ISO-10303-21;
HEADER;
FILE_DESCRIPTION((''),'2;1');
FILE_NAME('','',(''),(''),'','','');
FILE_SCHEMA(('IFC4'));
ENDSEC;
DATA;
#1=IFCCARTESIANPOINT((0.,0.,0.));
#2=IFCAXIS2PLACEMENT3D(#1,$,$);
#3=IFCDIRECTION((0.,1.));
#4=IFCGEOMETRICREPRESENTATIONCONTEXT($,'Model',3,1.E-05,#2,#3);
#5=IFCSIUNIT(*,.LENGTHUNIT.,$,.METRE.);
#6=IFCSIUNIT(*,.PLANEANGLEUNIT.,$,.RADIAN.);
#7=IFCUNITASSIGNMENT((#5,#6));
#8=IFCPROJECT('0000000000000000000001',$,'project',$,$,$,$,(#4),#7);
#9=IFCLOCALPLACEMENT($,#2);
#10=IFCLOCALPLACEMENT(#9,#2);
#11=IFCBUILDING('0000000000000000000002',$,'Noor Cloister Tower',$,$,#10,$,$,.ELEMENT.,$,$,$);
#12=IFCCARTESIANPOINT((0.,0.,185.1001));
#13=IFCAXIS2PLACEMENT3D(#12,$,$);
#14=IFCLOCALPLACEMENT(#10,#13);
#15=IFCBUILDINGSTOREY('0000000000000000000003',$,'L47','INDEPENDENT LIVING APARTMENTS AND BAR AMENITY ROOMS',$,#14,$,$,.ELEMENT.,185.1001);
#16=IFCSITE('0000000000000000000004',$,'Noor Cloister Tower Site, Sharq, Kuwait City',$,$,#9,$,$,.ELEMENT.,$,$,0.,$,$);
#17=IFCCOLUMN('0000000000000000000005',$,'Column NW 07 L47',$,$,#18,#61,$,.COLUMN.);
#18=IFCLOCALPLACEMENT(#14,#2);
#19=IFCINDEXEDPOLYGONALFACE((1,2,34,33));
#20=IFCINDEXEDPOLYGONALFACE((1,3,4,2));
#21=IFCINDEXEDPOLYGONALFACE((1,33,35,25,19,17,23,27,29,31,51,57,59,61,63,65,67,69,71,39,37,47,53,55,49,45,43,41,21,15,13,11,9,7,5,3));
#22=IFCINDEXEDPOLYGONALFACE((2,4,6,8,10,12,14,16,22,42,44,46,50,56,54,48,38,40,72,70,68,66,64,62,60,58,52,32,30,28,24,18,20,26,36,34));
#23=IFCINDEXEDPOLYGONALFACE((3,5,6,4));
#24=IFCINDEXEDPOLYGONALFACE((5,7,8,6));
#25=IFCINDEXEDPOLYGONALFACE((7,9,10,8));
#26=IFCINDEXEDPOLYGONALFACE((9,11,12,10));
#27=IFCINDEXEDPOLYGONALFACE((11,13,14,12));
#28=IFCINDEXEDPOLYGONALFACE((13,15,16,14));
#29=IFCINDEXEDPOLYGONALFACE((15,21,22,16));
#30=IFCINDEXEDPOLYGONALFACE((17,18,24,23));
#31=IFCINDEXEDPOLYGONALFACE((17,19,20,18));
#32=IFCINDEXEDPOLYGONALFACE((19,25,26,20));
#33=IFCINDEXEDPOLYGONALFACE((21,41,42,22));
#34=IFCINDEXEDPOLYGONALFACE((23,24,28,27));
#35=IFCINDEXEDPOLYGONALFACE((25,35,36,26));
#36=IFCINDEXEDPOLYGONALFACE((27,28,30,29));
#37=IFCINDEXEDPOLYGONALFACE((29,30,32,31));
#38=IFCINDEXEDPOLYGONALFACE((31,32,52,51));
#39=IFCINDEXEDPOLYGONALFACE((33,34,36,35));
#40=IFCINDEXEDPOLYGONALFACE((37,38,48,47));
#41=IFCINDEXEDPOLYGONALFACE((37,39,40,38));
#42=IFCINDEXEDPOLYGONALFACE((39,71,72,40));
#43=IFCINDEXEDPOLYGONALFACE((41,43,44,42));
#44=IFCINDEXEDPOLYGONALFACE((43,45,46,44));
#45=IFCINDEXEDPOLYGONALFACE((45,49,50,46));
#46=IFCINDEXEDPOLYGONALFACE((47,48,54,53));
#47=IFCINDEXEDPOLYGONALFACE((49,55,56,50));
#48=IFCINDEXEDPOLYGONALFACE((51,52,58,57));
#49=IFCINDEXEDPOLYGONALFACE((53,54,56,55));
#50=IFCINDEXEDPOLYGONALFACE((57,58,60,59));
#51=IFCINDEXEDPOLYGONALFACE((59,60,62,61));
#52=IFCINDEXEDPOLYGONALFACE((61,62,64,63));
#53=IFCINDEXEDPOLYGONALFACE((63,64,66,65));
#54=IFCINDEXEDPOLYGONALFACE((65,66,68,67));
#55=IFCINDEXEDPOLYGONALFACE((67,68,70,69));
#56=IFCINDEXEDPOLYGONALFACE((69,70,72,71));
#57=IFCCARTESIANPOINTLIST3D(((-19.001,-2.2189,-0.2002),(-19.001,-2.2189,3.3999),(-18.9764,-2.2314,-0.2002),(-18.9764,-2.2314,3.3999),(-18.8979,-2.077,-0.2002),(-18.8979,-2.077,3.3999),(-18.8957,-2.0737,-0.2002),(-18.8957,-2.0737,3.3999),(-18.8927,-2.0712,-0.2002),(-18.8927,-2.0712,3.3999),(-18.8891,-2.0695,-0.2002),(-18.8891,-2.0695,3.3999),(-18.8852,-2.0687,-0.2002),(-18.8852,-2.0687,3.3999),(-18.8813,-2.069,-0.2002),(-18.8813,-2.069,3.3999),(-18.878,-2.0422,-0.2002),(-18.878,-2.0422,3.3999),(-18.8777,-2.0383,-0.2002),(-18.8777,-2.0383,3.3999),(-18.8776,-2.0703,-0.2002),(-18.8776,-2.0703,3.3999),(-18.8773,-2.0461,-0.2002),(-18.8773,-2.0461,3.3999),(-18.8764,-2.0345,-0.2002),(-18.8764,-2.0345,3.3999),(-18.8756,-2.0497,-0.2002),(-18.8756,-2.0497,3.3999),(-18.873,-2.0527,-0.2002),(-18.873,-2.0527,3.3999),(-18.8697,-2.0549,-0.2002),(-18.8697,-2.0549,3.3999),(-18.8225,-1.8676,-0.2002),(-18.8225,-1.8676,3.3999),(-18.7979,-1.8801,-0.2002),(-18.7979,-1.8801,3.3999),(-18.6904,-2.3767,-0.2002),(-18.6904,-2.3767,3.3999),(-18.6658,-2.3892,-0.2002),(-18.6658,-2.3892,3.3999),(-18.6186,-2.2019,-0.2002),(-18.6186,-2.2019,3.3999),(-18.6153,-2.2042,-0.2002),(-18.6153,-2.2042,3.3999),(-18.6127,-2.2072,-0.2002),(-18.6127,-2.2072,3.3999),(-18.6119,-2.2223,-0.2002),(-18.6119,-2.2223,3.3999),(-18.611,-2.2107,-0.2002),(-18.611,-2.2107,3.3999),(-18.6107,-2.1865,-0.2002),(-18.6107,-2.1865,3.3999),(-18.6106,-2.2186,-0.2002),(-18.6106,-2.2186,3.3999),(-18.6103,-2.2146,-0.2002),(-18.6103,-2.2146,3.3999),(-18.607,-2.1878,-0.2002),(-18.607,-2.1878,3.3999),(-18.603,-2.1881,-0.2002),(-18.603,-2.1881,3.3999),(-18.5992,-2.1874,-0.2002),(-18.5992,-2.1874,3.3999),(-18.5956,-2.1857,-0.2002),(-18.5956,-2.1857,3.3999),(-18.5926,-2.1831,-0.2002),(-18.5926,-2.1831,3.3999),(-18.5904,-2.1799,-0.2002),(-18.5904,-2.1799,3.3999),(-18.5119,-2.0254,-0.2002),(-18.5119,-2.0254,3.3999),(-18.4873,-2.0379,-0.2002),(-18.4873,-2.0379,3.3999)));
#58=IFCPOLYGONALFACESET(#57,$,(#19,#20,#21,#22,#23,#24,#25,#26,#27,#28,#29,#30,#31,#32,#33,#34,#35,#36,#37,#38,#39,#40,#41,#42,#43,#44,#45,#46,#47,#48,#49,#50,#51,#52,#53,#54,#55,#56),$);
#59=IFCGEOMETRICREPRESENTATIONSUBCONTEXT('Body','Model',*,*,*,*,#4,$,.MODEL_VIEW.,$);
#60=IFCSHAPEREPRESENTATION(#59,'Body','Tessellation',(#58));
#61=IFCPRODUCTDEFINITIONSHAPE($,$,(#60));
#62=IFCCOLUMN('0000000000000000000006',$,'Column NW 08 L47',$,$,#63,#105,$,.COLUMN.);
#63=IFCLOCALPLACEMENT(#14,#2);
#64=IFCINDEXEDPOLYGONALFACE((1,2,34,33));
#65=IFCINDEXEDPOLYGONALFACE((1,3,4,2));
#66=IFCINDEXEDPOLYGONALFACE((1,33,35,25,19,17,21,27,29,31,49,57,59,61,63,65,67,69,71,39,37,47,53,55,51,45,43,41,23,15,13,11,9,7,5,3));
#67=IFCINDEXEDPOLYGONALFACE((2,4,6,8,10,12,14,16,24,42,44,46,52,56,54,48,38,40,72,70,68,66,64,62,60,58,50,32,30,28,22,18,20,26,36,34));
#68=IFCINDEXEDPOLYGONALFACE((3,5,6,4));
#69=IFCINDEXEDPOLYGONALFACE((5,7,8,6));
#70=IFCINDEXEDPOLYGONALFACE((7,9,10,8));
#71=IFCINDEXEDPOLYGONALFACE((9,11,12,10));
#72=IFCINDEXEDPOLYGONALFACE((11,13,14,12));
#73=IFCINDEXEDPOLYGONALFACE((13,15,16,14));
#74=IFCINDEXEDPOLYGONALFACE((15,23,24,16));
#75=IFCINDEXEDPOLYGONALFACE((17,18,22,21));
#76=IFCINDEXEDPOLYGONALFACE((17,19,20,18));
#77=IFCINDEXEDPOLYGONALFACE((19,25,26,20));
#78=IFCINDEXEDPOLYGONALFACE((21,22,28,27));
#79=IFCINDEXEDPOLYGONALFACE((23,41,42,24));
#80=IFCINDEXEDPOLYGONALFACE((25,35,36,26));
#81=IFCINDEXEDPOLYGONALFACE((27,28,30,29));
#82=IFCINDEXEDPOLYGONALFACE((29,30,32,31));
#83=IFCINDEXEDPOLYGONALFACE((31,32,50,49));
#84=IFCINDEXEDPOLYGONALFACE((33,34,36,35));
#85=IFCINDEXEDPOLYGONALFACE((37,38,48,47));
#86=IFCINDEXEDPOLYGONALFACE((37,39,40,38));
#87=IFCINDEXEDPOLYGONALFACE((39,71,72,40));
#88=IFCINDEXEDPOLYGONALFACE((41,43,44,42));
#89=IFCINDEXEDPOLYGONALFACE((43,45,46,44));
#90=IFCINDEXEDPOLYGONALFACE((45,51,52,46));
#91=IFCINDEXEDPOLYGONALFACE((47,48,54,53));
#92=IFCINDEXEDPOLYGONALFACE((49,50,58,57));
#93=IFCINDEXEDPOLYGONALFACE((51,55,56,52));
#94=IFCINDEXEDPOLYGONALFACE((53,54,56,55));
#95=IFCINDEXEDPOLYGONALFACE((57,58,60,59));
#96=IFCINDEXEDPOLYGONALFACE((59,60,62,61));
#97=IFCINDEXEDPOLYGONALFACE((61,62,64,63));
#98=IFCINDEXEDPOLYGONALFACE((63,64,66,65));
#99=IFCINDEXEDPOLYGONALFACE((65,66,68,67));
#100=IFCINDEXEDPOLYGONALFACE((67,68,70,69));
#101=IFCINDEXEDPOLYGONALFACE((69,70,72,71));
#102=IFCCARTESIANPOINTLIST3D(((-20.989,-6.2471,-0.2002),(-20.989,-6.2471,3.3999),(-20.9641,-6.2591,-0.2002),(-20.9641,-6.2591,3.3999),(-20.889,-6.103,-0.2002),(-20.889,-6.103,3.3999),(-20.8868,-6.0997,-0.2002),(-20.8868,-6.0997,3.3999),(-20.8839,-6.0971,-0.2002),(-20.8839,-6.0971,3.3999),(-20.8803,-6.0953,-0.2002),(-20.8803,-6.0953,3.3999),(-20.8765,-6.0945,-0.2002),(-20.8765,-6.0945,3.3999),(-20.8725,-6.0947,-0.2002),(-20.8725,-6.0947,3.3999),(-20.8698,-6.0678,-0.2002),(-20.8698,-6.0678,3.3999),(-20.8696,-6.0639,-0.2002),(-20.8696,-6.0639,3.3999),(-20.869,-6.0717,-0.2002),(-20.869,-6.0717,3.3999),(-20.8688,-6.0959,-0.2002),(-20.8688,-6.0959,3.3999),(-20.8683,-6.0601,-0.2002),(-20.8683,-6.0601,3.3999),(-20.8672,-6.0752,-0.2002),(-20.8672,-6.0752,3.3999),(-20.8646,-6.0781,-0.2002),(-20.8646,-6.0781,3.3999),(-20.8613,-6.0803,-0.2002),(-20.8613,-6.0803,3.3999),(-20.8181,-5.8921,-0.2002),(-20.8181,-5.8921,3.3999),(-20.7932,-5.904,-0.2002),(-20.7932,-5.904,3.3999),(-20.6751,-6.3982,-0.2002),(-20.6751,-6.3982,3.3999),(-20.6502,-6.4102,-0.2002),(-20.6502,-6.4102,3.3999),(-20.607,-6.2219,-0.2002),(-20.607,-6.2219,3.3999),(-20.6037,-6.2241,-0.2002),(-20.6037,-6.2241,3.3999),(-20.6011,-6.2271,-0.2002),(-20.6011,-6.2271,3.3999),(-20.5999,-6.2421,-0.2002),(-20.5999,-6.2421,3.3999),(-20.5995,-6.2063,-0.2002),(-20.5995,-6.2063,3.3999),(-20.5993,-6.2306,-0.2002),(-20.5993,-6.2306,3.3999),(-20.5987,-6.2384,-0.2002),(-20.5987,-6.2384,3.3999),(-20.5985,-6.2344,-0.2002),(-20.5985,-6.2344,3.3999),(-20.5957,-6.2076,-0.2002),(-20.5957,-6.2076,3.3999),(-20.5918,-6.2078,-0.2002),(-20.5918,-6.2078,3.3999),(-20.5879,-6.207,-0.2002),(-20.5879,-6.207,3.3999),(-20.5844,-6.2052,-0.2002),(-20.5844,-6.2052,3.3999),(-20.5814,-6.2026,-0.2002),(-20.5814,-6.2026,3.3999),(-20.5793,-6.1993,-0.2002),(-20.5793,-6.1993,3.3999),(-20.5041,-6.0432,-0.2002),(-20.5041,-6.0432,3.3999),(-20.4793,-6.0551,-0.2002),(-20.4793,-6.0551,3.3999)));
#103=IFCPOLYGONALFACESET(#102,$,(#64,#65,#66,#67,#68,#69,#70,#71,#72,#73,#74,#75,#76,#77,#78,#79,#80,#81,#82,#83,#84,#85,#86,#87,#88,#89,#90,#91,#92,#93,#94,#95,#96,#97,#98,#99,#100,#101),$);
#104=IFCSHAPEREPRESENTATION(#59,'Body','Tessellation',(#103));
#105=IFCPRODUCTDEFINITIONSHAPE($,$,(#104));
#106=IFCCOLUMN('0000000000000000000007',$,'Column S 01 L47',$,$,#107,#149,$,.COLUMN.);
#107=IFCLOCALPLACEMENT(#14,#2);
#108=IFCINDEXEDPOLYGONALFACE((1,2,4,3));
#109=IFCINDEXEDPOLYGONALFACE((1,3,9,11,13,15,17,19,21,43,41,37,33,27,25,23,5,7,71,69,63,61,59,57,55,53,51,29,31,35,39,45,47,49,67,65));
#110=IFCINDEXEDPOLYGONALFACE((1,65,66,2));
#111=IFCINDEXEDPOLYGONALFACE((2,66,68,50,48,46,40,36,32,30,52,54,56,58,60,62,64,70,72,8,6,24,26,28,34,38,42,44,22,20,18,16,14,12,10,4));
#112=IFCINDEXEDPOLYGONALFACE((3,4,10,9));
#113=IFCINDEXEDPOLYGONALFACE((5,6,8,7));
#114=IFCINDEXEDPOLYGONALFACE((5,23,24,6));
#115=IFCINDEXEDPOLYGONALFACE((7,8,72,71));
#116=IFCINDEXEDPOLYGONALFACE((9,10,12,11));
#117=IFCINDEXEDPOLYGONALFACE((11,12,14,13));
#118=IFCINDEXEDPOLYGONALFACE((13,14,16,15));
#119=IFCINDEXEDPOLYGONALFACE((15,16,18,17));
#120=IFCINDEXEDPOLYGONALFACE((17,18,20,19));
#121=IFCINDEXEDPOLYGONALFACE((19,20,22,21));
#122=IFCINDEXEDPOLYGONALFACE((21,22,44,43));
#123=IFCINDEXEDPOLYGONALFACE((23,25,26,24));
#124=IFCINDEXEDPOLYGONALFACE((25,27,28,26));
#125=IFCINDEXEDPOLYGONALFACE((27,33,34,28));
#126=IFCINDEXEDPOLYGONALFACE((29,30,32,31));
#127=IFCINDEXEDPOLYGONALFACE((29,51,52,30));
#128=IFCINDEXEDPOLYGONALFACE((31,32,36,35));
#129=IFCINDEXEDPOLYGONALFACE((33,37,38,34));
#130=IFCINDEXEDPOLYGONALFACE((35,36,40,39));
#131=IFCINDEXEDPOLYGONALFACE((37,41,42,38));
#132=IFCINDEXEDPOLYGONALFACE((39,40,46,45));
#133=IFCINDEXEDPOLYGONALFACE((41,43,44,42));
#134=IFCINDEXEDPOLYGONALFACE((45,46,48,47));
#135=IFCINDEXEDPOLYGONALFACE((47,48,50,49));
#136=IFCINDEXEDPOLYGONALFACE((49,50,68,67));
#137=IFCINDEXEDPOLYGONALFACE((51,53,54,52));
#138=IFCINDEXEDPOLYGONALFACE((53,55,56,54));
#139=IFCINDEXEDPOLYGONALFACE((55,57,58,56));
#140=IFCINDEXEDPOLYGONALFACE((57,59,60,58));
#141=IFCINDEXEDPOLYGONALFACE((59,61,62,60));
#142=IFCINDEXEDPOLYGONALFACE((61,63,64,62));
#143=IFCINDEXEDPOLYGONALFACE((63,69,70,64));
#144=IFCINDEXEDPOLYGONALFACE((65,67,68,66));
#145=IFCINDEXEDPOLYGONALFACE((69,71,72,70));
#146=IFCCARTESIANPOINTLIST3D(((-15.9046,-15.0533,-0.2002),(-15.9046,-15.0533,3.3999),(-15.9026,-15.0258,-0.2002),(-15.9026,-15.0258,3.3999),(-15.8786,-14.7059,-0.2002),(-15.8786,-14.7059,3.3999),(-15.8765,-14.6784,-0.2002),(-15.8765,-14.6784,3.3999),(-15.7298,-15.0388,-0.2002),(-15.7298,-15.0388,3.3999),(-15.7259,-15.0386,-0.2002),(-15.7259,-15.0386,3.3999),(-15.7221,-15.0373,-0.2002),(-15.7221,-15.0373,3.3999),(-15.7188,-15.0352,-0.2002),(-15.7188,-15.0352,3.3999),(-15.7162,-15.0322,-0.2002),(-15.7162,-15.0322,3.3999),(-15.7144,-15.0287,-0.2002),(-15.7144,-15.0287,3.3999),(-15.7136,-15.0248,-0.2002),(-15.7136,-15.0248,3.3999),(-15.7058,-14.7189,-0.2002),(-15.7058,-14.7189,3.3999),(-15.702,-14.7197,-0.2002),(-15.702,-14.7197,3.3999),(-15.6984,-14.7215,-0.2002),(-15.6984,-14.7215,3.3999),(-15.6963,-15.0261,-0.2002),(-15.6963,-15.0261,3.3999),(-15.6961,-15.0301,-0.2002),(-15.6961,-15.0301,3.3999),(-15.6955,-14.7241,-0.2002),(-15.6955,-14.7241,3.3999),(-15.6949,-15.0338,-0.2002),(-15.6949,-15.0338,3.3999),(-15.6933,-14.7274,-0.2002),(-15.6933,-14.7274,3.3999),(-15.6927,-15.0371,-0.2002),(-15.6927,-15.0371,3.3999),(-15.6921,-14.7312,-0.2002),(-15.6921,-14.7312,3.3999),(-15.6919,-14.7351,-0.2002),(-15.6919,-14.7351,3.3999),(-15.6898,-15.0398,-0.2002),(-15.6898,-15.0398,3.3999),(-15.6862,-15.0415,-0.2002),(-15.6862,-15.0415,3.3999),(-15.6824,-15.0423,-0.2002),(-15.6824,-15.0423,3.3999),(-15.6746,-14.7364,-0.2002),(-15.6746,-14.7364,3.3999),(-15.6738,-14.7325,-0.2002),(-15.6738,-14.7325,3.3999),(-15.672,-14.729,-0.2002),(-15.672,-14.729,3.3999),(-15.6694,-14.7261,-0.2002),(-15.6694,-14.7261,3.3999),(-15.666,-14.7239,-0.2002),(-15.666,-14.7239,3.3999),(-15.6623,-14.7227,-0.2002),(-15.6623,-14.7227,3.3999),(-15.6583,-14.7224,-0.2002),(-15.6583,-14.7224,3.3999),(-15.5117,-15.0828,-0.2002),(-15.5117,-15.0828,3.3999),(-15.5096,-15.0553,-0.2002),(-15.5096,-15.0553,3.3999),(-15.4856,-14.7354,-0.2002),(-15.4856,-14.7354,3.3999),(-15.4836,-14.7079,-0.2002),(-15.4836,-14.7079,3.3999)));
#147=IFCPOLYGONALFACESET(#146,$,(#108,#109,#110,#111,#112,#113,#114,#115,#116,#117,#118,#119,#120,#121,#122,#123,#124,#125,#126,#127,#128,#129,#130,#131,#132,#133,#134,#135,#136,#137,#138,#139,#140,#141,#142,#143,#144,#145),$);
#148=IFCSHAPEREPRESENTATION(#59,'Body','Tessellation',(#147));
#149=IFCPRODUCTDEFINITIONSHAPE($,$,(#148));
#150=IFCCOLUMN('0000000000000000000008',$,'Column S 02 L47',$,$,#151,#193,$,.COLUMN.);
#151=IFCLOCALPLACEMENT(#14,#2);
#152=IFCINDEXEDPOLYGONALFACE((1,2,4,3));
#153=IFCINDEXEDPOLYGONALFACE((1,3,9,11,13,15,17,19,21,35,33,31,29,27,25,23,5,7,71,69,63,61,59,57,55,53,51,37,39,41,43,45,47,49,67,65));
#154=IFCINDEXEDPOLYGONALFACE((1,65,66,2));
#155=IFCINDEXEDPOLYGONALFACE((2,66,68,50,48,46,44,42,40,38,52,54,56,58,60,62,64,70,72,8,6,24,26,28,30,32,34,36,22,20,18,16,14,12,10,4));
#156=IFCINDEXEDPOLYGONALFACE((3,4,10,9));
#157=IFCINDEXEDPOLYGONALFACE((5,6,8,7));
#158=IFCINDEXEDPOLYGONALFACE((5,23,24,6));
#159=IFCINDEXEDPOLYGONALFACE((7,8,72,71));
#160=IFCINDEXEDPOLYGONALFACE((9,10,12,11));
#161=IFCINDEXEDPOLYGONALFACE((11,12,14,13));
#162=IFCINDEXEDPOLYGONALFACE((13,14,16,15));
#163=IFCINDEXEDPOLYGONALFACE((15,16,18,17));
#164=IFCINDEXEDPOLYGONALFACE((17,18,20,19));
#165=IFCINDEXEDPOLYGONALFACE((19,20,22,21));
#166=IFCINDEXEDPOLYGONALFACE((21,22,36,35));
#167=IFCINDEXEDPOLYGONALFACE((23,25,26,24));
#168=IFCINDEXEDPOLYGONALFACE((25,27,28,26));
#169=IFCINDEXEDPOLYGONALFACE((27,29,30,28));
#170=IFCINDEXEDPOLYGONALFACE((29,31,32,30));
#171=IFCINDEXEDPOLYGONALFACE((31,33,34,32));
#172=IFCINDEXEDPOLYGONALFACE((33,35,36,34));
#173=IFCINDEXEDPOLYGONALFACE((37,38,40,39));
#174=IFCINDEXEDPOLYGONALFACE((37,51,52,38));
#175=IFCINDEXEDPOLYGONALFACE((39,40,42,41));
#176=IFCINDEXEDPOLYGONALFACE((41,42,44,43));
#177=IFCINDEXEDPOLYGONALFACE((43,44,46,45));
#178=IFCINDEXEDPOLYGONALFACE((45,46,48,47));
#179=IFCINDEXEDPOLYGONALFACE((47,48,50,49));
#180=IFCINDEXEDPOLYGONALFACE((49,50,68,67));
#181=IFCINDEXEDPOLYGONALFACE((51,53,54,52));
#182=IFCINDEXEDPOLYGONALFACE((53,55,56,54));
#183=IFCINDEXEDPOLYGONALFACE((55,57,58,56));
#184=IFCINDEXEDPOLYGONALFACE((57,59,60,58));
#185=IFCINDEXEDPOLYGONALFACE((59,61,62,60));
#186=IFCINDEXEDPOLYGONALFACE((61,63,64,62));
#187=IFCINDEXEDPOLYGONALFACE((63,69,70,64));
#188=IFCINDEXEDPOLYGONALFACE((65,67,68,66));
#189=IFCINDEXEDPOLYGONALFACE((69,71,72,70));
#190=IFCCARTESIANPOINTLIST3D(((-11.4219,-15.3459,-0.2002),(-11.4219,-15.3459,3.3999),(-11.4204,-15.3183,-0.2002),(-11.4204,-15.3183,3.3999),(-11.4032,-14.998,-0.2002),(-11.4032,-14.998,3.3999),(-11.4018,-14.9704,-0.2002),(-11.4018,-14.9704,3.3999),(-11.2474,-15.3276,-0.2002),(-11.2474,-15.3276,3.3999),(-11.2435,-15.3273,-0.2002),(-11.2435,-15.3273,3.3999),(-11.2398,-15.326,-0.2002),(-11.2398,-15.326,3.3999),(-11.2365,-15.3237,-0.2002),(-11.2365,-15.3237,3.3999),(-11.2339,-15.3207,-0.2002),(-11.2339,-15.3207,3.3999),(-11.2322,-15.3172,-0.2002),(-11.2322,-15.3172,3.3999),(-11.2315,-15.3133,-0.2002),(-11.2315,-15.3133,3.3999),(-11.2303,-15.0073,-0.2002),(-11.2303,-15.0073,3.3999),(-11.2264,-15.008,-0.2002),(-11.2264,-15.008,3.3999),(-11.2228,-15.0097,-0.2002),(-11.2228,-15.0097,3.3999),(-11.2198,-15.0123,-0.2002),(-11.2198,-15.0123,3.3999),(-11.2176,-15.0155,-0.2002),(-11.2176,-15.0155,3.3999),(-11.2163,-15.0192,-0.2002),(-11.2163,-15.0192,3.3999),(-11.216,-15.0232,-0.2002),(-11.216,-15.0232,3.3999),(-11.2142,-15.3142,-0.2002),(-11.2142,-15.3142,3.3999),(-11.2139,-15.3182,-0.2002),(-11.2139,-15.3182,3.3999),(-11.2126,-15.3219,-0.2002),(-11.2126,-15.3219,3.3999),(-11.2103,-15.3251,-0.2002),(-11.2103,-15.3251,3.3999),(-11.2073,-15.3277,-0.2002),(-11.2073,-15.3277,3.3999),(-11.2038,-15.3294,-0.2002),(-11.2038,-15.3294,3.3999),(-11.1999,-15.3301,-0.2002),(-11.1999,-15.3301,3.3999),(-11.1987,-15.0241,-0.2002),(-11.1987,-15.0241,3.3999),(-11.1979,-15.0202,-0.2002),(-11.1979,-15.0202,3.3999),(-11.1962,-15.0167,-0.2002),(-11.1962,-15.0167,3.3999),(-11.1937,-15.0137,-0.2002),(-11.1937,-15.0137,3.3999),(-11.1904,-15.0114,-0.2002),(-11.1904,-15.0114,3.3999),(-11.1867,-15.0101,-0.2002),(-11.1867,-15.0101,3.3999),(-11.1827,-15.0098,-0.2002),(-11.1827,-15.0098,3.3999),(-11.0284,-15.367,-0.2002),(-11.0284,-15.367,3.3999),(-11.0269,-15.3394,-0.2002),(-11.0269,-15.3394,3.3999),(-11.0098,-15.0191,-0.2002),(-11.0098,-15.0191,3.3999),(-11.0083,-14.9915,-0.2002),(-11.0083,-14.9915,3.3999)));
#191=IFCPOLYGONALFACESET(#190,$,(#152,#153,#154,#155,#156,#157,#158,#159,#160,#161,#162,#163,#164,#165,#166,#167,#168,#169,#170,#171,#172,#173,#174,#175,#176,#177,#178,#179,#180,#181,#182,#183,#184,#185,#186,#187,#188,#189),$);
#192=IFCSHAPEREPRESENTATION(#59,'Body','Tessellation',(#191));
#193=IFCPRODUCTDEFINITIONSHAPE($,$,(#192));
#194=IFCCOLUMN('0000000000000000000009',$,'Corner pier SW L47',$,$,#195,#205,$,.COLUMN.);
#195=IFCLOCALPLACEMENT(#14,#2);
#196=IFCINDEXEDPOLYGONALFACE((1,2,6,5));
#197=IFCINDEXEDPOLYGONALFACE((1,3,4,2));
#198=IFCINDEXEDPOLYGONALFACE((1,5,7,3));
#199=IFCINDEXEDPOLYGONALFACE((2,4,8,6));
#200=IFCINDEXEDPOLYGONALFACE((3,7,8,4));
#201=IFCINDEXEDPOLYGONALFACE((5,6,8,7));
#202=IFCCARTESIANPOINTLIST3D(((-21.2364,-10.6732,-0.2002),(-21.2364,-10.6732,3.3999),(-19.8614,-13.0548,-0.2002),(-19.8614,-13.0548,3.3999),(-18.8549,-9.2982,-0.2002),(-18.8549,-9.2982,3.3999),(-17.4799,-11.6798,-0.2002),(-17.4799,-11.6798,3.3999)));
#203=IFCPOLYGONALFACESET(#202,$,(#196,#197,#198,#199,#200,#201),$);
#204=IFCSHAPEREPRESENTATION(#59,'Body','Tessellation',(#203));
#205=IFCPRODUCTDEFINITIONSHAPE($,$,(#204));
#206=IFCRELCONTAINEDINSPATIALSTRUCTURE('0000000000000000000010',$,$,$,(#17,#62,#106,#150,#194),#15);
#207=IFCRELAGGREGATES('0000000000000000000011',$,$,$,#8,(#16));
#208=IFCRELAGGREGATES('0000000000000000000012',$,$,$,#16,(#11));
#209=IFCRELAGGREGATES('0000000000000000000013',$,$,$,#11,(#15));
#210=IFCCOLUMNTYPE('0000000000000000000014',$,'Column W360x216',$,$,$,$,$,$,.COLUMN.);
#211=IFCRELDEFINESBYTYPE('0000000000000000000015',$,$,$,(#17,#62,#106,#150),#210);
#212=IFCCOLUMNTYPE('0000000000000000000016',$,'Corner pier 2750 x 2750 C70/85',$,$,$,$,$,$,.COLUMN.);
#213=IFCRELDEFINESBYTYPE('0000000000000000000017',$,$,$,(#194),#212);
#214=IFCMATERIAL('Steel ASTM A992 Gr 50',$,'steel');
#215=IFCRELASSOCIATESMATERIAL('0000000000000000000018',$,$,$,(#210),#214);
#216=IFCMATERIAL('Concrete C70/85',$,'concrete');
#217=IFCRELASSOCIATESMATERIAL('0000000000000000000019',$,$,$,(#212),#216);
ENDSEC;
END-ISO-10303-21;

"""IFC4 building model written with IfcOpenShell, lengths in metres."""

from ifc_helpers import new_model, si_unit, direction, frame, origin, origin_2d, place, context, subcontext, project, spatial, rectangle, i_section, extrude, material, material_profile, profile_set, type_object, element, save


model = new_model("IFC4")

# Units and contexts
model_context = context("Model", 3, precision=1e-05, world=origin(), true_north=direction((0.0, 1.0)))
body_context = subcontext(model_context, "Body", "Model", "MODEL_VIEW")
ifc_project = project(units=[si_unit("LENGTHUNIT", "METRE"), si_unit("PLANEANGLEUNIT", "RADIAN")], contexts=[model_context])

# Site, building, storey
site_placement = place(None, origin())
site = spatial("IfcSite", under=ifc_project, at=site_placement, Name="Noor Cloister Tower Site, Sharq, Kuwait City", CompositionType="ELEMENT", RefElevation=0.0)
building_placement = place(site_placement, origin())
building = spatial("IfcBuilding", under=site, at=building_placement, Name="Noor Cloister Tower", CompositionType="ELEMENT")
storey_placement = place(building_placement, frame((0.0, 0.0, 185.1001)))
storey = spatial("IfcBuildingStorey", under=building, at=storey_placement, Name="L47", Description="INDEPENDENT LIVING APARTMENTS AND BAR AMENITY ROOMS", CompositionType="ELEMENT", Elevation=185.1001)

# Columns
ifc_material_1 = material(Name="Steel ASTM A992 Gr 50", Category="steel")
ifc_material_profile_1 = material_profile(ifc_material_1, i_section(OverallWidth=0.394, OverallDepth=0.376, WebThickness=0.0173, FlangeThickness=0.0276, FilletRadius=0.0151, at=origin_2d()), Name="W360x216")
ifc_profile_set_1 = profile_set([ifc_material_profile_1], Name="Steel ASTM A992 Gr 50")
column_type_1 = type_object("IfcColumnType", Name="Column W360x216", PredefinedType="COLUMN", material=ifc_profile_set_1)
for number, where, z_axis, x_axis, name in (
    (1, (-18.7441, -2.1284, -0.2002), (0.0, 0.0, 1.0), (-0.452956, -0.891533, 0.0), "Column NW 07 L47"),
    (2, (-20.7341, -6.1511, -0.2002), (0.0, 0.0, 1.0), (-0.433768, -0.901025, 0.0), "Column NW 08 L47"),
    (3, (-15.6941, -14.8806, -0.2002), (0.0, 0.0, 1.0), (0.997194, -0.074858, 0.0), "Column S 01 L47"),
    (4, (-11.2151, -15.1687, -0.2002), (0.0, 0.0, 1.0), (0.998568, -0.053495, 0.0), "Column S 02 L47"),
):
    element("IfcColumn", number, at=place(storey_placement, frame(where, z_axis=z_axis, x_axis=x_axis)), inside=storey, type_object=column_type_1, Name=name, PredefinedType="COLUMN", context=body_context, shape_type="SweptSolid", body=[
        extrude(i_section(OverallWidth=0.394, OverallDepth=0.376, WebThickness=0.0173, FlangeThickness=0.0276, FilletRadius=0.0151, at=origin_2d()), origin(), (0.0, 0.0, 1.0), 3.6001),
    ])
ifc_material_2 = material(Name="Concrete C70/85", Category="concrete")
ifc_material_profile_2 = material_profile(ifc_material_2, rectangle(XDim=2.75, YDim=2.75, at=origin_2d()), Name="RC 2750x2750")
ifc_profile_set_2 = profile_set([ifc_material_profile_2], Name="Concrete C70/85")
column_type_2 = type_object("IfcColumnType", Name="Corner pier 2750 x 2750 C70/85", PredefinedType="COLUMN", material=ifc_profile_set_2)
column_placement = place(storey_placement, frame((-19.3582, -11.1765, -0.2002), z_axis=(0.0, 0.0, 1.0), x_axis=(-0.866025, -0.5, 0.0)))
element("IfcColumn", 5, at=column_placement, inside=storey, type_object=column_type_2, Name="Corner pier SW L47", PredefinedType="COLUMN", context=body_context, shape_type="SweptSolid", body=[
    extrude(rectangle(XDim=2.75, YDim=2.75, at=origin_2d()), origin(), (0.0, 0.0, 1.0), 3.6001),
])

save(model, "model.ifc")
